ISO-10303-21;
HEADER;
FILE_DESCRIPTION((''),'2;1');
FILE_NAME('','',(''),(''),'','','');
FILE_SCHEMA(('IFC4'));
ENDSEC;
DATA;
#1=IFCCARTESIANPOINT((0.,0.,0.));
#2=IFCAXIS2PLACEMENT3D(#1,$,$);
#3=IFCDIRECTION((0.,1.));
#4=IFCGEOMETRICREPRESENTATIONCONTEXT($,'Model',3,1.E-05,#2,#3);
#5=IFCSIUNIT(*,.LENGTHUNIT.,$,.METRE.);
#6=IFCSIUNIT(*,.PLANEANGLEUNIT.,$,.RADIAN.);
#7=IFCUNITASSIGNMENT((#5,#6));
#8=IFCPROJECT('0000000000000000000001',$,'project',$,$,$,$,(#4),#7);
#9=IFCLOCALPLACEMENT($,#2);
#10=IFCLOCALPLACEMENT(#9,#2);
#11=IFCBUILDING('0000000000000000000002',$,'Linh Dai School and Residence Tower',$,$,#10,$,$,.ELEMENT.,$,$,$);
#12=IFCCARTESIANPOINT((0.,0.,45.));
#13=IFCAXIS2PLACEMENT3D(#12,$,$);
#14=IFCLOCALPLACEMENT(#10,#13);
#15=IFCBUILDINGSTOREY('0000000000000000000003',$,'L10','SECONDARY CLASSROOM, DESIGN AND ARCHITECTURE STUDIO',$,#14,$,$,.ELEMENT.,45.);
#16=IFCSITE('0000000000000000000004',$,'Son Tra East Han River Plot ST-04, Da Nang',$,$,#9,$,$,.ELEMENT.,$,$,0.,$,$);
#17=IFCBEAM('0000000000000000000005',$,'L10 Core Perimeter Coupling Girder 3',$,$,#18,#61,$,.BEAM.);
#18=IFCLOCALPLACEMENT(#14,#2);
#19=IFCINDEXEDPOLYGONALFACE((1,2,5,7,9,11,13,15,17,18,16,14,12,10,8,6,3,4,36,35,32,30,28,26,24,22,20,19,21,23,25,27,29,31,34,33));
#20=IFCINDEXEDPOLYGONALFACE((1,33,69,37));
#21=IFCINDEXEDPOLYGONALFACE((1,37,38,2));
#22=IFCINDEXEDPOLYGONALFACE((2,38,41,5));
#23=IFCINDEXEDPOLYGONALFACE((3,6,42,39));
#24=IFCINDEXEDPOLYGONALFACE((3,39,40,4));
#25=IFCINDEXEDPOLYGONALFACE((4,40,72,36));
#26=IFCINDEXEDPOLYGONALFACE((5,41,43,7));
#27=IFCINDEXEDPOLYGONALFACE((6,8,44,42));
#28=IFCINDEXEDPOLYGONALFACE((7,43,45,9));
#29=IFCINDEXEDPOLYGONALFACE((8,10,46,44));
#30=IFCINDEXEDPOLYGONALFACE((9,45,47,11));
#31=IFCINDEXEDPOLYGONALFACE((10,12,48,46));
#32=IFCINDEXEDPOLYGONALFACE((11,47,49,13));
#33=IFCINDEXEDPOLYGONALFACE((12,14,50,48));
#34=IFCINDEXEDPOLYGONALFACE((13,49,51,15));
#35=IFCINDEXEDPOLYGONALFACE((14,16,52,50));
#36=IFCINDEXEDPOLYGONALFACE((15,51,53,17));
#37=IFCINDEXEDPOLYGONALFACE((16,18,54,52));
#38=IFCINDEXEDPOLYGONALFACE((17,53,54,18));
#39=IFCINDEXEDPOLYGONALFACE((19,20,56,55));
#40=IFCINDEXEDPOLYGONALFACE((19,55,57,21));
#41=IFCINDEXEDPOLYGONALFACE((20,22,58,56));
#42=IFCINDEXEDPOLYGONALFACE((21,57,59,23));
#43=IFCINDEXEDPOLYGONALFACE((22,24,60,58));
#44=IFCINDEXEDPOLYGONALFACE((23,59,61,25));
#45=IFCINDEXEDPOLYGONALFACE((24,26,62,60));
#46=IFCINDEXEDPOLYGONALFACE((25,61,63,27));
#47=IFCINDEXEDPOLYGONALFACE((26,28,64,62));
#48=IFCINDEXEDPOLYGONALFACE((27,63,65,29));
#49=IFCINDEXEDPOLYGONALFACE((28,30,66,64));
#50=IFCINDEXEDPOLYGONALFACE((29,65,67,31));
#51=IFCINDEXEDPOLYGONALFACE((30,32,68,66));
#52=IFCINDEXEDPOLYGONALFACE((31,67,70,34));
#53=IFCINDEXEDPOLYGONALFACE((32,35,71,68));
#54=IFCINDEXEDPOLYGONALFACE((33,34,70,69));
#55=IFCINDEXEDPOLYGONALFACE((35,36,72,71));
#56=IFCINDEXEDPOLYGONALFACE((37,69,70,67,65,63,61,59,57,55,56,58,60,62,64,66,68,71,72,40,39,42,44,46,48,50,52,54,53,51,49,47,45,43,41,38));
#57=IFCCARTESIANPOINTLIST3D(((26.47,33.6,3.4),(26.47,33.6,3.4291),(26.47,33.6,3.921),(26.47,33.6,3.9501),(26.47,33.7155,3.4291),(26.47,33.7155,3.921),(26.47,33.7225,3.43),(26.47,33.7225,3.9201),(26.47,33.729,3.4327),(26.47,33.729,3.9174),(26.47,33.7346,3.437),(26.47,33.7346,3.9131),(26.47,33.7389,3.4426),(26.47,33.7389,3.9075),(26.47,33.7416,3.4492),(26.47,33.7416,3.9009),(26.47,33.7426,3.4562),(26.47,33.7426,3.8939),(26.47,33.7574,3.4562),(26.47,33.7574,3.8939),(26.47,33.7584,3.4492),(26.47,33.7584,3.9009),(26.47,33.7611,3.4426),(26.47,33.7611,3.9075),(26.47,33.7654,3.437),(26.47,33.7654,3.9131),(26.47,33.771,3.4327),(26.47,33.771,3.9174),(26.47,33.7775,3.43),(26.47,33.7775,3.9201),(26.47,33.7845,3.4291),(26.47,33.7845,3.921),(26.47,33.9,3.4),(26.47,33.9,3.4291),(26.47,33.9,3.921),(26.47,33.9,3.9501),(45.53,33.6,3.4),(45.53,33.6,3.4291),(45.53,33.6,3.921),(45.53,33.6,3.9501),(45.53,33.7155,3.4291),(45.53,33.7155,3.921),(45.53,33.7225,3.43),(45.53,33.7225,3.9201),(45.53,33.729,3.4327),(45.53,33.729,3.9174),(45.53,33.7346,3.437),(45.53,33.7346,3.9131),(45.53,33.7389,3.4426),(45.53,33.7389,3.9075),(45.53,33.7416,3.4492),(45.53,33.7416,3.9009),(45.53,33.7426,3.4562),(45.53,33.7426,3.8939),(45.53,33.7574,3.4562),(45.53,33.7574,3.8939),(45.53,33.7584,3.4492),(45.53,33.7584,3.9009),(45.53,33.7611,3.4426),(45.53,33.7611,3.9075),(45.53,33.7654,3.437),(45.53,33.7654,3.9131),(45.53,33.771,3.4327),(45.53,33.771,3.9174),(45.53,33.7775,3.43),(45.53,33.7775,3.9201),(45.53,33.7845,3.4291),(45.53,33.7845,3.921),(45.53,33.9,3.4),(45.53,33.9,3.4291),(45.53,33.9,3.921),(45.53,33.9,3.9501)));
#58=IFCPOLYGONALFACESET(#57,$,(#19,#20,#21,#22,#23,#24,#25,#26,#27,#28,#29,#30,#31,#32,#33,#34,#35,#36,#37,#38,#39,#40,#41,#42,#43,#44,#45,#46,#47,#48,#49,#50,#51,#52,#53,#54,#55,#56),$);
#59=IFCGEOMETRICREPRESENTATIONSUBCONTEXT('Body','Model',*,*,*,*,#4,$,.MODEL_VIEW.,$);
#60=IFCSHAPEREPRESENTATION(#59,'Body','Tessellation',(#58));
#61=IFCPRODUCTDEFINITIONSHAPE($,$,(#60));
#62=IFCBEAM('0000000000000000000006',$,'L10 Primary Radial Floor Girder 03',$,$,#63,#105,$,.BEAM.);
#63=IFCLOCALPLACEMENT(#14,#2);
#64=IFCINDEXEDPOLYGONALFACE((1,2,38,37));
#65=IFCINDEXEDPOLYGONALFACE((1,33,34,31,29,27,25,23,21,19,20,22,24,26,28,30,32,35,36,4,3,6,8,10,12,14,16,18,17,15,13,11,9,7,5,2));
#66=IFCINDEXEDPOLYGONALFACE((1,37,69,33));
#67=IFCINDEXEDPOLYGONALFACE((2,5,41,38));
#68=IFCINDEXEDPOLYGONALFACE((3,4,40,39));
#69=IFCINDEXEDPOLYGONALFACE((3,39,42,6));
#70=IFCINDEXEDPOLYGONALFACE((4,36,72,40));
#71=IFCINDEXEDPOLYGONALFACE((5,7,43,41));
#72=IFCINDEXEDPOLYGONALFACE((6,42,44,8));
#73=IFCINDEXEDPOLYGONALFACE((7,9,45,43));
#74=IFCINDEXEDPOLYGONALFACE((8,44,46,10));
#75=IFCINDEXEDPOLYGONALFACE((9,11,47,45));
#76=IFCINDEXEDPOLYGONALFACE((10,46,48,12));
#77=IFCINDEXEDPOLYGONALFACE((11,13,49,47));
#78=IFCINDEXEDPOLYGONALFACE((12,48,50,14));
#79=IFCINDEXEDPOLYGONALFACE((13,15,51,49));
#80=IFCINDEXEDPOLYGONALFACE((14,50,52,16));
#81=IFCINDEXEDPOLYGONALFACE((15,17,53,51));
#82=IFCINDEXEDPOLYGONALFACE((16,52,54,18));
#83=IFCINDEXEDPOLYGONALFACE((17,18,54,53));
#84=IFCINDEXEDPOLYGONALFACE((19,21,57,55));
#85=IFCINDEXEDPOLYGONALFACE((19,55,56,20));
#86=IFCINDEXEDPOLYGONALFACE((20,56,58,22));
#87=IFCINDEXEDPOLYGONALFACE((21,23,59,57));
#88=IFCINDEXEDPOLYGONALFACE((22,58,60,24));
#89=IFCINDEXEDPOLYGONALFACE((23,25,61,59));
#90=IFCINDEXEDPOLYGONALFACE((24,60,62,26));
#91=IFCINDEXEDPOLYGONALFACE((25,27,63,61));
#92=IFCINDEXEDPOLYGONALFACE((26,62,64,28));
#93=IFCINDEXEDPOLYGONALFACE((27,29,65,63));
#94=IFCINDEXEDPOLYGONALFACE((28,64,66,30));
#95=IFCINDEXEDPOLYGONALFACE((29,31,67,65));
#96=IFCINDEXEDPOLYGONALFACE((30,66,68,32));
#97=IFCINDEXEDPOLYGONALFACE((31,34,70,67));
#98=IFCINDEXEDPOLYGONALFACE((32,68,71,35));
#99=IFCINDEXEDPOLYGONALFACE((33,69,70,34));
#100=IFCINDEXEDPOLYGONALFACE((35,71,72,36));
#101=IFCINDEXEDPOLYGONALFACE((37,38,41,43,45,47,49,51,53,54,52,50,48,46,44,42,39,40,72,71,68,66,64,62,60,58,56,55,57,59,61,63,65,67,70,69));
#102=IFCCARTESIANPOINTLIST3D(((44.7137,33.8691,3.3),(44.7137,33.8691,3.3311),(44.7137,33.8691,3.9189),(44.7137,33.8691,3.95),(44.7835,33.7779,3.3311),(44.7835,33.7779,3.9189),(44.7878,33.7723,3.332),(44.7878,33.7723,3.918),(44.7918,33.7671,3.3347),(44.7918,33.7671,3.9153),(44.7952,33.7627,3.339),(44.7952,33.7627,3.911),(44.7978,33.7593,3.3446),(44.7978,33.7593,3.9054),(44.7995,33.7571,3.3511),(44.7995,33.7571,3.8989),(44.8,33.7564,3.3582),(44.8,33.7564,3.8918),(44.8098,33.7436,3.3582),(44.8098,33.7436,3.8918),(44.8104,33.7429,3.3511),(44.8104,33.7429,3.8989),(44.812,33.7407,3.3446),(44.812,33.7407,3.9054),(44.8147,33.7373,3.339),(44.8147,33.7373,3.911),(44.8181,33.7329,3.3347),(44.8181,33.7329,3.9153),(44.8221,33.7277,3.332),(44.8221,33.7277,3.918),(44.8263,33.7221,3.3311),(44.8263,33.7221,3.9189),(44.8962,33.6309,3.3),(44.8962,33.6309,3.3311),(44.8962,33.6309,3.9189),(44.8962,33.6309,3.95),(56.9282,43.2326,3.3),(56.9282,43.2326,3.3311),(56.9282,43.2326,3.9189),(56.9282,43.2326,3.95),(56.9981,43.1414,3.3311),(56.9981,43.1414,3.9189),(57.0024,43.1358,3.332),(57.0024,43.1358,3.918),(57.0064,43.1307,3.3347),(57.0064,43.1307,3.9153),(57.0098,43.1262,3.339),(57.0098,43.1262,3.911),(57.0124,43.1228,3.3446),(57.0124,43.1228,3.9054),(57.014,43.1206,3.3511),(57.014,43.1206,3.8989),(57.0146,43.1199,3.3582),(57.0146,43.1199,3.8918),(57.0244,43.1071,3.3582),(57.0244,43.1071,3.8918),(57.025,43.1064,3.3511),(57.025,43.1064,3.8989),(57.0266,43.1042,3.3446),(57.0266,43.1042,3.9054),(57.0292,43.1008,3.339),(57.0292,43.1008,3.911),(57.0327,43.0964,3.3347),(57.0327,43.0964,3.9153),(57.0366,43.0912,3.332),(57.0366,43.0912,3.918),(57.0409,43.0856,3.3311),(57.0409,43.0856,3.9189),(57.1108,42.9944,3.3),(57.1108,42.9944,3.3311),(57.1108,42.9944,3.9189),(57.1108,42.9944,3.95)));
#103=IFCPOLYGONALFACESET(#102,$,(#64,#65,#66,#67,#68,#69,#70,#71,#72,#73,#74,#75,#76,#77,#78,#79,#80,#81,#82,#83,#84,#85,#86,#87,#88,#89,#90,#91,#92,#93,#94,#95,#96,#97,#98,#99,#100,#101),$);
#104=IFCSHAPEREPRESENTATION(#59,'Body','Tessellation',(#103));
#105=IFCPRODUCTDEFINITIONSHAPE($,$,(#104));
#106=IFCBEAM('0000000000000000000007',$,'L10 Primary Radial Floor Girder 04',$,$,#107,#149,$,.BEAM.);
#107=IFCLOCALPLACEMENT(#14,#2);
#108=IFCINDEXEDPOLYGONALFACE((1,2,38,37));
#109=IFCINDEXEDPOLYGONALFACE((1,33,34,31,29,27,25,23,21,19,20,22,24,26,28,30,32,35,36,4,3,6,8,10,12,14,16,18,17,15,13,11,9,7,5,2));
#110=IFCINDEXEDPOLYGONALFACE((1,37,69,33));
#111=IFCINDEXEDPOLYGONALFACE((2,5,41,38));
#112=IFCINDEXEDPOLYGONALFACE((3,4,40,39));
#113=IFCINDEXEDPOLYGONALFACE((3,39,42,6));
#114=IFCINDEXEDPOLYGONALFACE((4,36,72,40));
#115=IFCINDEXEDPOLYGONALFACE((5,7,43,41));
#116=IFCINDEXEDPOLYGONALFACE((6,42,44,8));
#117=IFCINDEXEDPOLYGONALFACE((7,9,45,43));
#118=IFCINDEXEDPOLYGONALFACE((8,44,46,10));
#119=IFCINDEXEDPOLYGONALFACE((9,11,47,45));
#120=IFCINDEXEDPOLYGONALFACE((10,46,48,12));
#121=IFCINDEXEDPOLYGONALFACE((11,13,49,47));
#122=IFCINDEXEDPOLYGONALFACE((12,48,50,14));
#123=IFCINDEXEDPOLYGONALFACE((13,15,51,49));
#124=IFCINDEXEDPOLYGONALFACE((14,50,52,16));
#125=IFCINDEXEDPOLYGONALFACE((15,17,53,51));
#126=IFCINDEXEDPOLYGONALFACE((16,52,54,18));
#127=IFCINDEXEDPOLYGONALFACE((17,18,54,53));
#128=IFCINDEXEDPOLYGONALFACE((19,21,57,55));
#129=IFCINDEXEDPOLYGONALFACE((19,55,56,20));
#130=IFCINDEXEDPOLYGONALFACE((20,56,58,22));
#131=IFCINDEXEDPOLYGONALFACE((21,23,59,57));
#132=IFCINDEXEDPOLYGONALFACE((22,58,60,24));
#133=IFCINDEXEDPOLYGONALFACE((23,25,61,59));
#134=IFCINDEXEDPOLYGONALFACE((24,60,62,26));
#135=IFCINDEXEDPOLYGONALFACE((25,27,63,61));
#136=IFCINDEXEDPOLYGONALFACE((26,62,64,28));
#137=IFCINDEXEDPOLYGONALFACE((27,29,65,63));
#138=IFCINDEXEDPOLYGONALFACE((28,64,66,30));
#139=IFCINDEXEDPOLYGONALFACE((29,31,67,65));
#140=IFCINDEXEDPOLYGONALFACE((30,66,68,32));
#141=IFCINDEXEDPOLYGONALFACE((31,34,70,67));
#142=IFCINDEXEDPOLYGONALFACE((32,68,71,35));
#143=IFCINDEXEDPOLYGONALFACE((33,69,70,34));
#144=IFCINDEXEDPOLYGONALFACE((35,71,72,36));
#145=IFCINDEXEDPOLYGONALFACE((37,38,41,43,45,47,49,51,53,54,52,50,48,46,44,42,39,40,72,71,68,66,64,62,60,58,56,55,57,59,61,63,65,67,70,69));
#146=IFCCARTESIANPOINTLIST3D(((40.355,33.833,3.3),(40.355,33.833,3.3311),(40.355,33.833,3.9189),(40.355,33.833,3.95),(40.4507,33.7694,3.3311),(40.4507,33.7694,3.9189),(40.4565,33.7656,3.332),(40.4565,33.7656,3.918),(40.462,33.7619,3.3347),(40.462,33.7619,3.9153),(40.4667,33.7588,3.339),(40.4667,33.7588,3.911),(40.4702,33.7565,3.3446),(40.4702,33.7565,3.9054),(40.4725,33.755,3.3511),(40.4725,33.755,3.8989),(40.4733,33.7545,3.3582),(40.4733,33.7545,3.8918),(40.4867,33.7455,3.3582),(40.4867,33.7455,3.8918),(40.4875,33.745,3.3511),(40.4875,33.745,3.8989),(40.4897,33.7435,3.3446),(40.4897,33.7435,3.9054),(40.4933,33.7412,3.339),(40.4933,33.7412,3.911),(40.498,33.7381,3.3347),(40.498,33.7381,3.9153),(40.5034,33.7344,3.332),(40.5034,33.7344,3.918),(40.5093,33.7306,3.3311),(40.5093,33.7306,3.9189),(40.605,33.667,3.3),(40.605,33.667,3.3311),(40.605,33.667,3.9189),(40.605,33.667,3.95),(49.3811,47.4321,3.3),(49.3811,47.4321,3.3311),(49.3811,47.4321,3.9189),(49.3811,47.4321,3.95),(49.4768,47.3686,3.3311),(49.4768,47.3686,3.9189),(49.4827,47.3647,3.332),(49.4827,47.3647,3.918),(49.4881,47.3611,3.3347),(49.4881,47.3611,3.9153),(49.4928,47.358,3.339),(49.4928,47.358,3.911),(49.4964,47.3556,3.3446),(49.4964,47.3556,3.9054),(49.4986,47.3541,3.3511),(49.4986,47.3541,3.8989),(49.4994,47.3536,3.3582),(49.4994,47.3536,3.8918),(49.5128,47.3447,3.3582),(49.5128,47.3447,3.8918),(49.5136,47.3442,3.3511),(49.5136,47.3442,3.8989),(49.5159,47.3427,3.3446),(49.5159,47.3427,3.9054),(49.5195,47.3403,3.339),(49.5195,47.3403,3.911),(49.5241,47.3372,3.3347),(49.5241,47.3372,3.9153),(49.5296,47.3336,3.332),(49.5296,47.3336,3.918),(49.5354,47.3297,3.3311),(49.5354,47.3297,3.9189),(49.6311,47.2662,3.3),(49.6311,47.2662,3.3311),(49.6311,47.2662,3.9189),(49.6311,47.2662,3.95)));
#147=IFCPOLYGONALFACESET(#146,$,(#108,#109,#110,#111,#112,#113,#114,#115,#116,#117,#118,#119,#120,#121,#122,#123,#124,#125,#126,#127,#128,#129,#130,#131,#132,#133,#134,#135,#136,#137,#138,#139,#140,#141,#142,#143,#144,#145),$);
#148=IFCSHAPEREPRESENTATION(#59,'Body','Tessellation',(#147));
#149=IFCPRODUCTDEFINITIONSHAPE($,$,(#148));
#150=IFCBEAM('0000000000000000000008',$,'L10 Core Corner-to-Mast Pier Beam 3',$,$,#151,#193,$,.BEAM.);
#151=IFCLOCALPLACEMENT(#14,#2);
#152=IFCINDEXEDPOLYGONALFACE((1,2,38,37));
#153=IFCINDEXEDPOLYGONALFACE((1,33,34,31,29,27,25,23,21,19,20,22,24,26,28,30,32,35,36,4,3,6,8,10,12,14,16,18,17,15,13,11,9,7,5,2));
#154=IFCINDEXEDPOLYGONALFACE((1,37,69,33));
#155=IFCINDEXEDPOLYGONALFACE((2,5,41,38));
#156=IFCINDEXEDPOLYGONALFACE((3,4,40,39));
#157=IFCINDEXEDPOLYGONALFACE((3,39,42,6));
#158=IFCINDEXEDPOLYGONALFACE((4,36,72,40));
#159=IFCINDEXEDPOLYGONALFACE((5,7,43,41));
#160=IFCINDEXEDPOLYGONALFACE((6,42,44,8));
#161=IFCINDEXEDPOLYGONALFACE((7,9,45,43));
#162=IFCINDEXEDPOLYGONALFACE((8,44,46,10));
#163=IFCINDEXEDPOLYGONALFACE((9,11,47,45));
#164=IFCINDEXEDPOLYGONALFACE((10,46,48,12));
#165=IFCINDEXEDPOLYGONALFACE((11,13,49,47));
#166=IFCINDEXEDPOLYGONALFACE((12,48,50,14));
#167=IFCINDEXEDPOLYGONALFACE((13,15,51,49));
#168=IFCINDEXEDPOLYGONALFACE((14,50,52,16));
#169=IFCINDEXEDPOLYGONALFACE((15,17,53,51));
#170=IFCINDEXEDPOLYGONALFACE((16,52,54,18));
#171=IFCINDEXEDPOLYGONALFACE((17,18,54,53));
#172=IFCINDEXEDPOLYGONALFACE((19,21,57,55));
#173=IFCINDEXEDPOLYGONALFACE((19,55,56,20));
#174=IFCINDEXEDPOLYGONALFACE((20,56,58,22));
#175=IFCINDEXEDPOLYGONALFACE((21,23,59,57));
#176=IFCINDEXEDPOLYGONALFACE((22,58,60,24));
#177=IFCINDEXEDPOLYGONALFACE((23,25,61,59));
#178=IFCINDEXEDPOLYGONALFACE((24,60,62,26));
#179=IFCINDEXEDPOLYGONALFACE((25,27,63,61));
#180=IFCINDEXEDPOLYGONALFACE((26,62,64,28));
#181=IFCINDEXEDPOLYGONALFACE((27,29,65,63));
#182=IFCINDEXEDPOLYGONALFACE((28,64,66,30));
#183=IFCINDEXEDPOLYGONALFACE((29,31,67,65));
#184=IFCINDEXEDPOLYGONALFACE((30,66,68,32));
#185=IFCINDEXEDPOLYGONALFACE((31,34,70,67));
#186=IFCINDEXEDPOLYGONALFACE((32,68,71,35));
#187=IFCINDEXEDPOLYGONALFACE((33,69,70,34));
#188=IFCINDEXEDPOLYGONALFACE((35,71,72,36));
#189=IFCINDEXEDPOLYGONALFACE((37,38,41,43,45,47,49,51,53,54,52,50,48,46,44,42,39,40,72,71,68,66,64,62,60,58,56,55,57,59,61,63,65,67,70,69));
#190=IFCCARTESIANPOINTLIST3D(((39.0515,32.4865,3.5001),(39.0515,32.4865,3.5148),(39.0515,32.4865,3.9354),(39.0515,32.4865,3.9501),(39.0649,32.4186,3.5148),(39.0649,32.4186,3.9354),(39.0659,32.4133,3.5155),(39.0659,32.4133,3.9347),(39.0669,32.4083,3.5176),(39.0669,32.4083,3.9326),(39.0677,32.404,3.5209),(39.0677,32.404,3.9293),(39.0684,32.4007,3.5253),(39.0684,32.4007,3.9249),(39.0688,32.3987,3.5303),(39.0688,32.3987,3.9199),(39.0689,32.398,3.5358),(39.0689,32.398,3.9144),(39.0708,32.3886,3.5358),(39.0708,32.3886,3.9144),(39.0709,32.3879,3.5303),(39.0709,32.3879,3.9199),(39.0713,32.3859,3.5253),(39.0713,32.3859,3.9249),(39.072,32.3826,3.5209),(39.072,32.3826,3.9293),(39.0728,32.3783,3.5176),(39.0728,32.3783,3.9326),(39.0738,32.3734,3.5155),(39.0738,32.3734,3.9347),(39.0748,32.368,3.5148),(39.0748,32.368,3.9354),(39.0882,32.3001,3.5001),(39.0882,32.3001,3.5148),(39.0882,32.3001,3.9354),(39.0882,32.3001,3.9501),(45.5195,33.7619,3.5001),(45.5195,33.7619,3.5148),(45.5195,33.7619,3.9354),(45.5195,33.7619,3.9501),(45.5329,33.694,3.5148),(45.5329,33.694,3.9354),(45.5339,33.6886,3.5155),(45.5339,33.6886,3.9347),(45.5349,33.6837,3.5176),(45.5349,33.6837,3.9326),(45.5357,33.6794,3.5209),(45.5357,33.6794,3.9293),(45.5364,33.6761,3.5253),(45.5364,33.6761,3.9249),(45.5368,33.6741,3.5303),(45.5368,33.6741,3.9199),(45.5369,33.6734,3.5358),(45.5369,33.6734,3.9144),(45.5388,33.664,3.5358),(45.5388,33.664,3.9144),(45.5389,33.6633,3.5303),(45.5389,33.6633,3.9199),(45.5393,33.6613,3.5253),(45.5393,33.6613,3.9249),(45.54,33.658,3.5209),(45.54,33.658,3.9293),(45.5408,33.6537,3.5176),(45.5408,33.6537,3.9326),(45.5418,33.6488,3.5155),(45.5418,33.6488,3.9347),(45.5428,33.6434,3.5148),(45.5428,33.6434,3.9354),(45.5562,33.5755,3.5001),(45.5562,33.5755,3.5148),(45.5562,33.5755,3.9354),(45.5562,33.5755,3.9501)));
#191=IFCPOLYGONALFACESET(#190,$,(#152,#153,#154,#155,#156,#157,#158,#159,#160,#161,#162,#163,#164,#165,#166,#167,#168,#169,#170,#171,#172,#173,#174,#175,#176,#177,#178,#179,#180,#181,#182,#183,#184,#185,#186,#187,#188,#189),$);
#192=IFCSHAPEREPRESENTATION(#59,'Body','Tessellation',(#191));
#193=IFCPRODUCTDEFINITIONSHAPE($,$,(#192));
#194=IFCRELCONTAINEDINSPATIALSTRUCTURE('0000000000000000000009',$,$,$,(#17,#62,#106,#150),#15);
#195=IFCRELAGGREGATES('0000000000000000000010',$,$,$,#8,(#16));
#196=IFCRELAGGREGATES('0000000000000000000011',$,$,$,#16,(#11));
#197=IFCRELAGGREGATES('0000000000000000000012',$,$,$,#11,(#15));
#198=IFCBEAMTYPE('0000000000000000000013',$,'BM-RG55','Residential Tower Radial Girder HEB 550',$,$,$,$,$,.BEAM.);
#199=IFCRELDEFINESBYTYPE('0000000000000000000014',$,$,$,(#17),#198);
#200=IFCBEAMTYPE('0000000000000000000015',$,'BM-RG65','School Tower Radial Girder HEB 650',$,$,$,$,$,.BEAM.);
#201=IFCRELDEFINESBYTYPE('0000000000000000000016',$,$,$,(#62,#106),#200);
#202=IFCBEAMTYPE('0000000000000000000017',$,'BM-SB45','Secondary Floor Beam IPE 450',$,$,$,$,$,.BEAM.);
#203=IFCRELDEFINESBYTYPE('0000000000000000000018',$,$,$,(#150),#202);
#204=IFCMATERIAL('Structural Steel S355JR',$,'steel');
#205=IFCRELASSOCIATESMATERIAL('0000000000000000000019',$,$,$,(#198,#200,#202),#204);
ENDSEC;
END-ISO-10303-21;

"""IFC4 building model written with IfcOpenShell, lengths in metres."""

from ifc_helpers import new_model, si_unit, direction, frame, origin, origin_2d, place, context, subcontext, project, spatial, i_section, extrude, material, material_profile, profile_set, type_object, element, save


model = new_model("IFC4")

# Units and contexts
model_context = context("Model", 3, precision=1e-05, world=origin(), true_north=direction((0.0, 1.0)))
body_context = subcontext(model_context, "Body", "Model", "MODEL_VIEW")
ifc_project = project(units=[si_unit("LENGTHUNIT", "METRE"), si_unit("PLANEANGLEUNIT", "RADIAN")], contexts=[model_context])

# Site, building, storey
site_placement = place(None, origin())
site = spatial("IfcSite", under=ifc_project, at=site_placement, Name="Son Tra East Han River Plot ST-04, Da Nang", CompositionType="ELEMENT", RefElevation=0.0)
building_placement = place(site_placement, origin())
building = spatial("IfcBuilding", under=site, at=building_placement, Name="Linh Dai School and Residence Tower", CompositionType="ELEMENT")
storey_placement = place(building_placement, frame((0.0, 0.0, 45.0)))
storey = spatial("IfcBuildingStorey", under=building, at=storey_placement, Name="L10", Description="SECONDARY CLASSROOM, DESIGN AND ARCHITECTURE STUDIO", CompositionType="ELEMENT", Elevation=45.0)

# Beams
ifc_material_1 = material(Name="Structural Steel S355JR", Category="steel")
ifc_material_profile_1 = material_profile(ifc_material_1, i_section(OverallWidth=0.3, OverallDepth=0.55, WebThickness=0.0149, FlangeThickness=0.0291, FilletRadius=0.0271, at=origin_2d()), Name="HEB 550")
ifc_profile_set_1 = profile_set([ifc_material_profile_1], Name="Structural Steel S355JR")
beam_type_1 = type_object("IfcBeamType", Name="BM-RG55", Description="Residential Tower Radial Girder HEB 550", PredefinedType="BEAM", material=ifc_profile_set_1)
beam_1_placement = place(storey_placement, frame((45.53, 33.75, 3.675), z_axis=(-1.0, 0.0, 0.0), x_axis=(0.0, -1.0, 0.0)))
element("IfcBeam", 1, at=beam_1_placement, inside=storey, type_object=beam_type_1, Name="L10 Core Perimeter Coupling Girder 3", PredefinedType="BEAM", context=body_context, shape_type="SweptSolid", body=[
    extrude(i_section(OverallWidth=0.3, OverallDepth=0.55, WebThickness=0.0149, FlangeThickness=0.0291, FilletRadius=0.0271, at=origin_2d()), origin(), (0.0, 0.0, 1.0), 19.0601),
])
ifc_material_profile_2 = material_profile(ifc_material_1, i_section(OverallWidth=0.3, OverallDepth=0.6499, WebThickness=0.0161, FlangeThickness=0.031, FilletRadius=0.0271, at=origin_2d()), Name="HEB 650")
ifc_profile_set_2 = profile_set([ifc_material_profile_2], Name="Structural Steel S355JR")
beam_type_2 = type_object("IfcBeamType", Name="BM-RG65", Description="School Tower Radial Girder HEB 650", PredefinedType="BEAM", material=ifc_profile_set_2)
beam_2_placement = place(storey_placement, frame((44.8049, 33.75, 3.625), z_axis=(0.793638, 0.608391, 0.0), x_axis=(-0.608391, 0.793638, 0.0)))
element("IfcBeam", 2, at=beam_2_placement, inside=storey, type_object=beam_type_2, Name="L10 Primary Radial Floor Girder 03", PredefinedType="BEAM", context=body_context, shape_type="SweptSolid", body=[
    extrude(i_section(OverallWidth=0.3, OverallDepth=0.6499, WebThickness=0.0161, FlangeThickness=0.031, FilletRadius=0.0271, at=origin_2d()), origin(), (0.0, 0.0, 1.0), 15.3906),
])
beam_3_placement = place(storey_placement, frame((40.48, 33.75, 3.625), z_axis=(0.553004, 0.833178, 0.0), x_axis=(-0.833178, 0.553004, 0.0)))
element("IfcBeam", 3, at=beam_3_placement, inside=storey, type_object=beam_type_2, Name="L10 Primary Radial Floor Girder 04", PredefinedType="BEAM", context=body_context, shape_type="SweptSolid", body=[
    extrude(i_section(OverallWidth=0.3, OverallDepth=0.6499, WebThickness=0.0161, FlangeThickness=0.031, FilletRadius=0.0271, at=origin_2d()), origin(), (0.0, 0.0, 1.0), 16.322),
])
ifc_material_profile_3 = material_profile(ifc_material_1, i_section(OverallWidth=0.1899, OverallDepth=0.45, WebThickness=0.0095, FlangeThickness=0.0146, FilletRadius=0.021, at=origin_2d()), Name="IPE 450")
ifc_profile_set_3 = profile_set([ifc_material_profile_3], Name="Structural Steel S355JR")
beam_type_3 = type_object("IfcBeamType", Name="BM-SB45", Description="Secondary Floor Beam IPE 450", PredefinedType="BEAM", material=ifc_profile_set_3)
beam_4_placement = place(storey_placement, frame((45.5378, 33.6687, 3.7251), z_axis=(-0.981108, -0.193459, 0.0), x_axis=(0.193459, -0.981108, 0.0)))
element("IfcBeam", 4, at=beam_4_placement, inside=storey, type_object=beam_type_3, Name="L10 Core Corner-to-Mast Pier Beam 3", PredefinedType="BEAM", context=body_context, shape_type="SweptSolid", body=[
    extrude(i_section(OverallWidth=0.1899, OverallDepth=0.45, WebThickness=0.0095, FlangeThickness=0.0146, FilletRadius=0.021, at=origin_2d()), origin(), (0.0, 0.0, 1.0), 6.5925),
])

save(model, "model.ifc")
